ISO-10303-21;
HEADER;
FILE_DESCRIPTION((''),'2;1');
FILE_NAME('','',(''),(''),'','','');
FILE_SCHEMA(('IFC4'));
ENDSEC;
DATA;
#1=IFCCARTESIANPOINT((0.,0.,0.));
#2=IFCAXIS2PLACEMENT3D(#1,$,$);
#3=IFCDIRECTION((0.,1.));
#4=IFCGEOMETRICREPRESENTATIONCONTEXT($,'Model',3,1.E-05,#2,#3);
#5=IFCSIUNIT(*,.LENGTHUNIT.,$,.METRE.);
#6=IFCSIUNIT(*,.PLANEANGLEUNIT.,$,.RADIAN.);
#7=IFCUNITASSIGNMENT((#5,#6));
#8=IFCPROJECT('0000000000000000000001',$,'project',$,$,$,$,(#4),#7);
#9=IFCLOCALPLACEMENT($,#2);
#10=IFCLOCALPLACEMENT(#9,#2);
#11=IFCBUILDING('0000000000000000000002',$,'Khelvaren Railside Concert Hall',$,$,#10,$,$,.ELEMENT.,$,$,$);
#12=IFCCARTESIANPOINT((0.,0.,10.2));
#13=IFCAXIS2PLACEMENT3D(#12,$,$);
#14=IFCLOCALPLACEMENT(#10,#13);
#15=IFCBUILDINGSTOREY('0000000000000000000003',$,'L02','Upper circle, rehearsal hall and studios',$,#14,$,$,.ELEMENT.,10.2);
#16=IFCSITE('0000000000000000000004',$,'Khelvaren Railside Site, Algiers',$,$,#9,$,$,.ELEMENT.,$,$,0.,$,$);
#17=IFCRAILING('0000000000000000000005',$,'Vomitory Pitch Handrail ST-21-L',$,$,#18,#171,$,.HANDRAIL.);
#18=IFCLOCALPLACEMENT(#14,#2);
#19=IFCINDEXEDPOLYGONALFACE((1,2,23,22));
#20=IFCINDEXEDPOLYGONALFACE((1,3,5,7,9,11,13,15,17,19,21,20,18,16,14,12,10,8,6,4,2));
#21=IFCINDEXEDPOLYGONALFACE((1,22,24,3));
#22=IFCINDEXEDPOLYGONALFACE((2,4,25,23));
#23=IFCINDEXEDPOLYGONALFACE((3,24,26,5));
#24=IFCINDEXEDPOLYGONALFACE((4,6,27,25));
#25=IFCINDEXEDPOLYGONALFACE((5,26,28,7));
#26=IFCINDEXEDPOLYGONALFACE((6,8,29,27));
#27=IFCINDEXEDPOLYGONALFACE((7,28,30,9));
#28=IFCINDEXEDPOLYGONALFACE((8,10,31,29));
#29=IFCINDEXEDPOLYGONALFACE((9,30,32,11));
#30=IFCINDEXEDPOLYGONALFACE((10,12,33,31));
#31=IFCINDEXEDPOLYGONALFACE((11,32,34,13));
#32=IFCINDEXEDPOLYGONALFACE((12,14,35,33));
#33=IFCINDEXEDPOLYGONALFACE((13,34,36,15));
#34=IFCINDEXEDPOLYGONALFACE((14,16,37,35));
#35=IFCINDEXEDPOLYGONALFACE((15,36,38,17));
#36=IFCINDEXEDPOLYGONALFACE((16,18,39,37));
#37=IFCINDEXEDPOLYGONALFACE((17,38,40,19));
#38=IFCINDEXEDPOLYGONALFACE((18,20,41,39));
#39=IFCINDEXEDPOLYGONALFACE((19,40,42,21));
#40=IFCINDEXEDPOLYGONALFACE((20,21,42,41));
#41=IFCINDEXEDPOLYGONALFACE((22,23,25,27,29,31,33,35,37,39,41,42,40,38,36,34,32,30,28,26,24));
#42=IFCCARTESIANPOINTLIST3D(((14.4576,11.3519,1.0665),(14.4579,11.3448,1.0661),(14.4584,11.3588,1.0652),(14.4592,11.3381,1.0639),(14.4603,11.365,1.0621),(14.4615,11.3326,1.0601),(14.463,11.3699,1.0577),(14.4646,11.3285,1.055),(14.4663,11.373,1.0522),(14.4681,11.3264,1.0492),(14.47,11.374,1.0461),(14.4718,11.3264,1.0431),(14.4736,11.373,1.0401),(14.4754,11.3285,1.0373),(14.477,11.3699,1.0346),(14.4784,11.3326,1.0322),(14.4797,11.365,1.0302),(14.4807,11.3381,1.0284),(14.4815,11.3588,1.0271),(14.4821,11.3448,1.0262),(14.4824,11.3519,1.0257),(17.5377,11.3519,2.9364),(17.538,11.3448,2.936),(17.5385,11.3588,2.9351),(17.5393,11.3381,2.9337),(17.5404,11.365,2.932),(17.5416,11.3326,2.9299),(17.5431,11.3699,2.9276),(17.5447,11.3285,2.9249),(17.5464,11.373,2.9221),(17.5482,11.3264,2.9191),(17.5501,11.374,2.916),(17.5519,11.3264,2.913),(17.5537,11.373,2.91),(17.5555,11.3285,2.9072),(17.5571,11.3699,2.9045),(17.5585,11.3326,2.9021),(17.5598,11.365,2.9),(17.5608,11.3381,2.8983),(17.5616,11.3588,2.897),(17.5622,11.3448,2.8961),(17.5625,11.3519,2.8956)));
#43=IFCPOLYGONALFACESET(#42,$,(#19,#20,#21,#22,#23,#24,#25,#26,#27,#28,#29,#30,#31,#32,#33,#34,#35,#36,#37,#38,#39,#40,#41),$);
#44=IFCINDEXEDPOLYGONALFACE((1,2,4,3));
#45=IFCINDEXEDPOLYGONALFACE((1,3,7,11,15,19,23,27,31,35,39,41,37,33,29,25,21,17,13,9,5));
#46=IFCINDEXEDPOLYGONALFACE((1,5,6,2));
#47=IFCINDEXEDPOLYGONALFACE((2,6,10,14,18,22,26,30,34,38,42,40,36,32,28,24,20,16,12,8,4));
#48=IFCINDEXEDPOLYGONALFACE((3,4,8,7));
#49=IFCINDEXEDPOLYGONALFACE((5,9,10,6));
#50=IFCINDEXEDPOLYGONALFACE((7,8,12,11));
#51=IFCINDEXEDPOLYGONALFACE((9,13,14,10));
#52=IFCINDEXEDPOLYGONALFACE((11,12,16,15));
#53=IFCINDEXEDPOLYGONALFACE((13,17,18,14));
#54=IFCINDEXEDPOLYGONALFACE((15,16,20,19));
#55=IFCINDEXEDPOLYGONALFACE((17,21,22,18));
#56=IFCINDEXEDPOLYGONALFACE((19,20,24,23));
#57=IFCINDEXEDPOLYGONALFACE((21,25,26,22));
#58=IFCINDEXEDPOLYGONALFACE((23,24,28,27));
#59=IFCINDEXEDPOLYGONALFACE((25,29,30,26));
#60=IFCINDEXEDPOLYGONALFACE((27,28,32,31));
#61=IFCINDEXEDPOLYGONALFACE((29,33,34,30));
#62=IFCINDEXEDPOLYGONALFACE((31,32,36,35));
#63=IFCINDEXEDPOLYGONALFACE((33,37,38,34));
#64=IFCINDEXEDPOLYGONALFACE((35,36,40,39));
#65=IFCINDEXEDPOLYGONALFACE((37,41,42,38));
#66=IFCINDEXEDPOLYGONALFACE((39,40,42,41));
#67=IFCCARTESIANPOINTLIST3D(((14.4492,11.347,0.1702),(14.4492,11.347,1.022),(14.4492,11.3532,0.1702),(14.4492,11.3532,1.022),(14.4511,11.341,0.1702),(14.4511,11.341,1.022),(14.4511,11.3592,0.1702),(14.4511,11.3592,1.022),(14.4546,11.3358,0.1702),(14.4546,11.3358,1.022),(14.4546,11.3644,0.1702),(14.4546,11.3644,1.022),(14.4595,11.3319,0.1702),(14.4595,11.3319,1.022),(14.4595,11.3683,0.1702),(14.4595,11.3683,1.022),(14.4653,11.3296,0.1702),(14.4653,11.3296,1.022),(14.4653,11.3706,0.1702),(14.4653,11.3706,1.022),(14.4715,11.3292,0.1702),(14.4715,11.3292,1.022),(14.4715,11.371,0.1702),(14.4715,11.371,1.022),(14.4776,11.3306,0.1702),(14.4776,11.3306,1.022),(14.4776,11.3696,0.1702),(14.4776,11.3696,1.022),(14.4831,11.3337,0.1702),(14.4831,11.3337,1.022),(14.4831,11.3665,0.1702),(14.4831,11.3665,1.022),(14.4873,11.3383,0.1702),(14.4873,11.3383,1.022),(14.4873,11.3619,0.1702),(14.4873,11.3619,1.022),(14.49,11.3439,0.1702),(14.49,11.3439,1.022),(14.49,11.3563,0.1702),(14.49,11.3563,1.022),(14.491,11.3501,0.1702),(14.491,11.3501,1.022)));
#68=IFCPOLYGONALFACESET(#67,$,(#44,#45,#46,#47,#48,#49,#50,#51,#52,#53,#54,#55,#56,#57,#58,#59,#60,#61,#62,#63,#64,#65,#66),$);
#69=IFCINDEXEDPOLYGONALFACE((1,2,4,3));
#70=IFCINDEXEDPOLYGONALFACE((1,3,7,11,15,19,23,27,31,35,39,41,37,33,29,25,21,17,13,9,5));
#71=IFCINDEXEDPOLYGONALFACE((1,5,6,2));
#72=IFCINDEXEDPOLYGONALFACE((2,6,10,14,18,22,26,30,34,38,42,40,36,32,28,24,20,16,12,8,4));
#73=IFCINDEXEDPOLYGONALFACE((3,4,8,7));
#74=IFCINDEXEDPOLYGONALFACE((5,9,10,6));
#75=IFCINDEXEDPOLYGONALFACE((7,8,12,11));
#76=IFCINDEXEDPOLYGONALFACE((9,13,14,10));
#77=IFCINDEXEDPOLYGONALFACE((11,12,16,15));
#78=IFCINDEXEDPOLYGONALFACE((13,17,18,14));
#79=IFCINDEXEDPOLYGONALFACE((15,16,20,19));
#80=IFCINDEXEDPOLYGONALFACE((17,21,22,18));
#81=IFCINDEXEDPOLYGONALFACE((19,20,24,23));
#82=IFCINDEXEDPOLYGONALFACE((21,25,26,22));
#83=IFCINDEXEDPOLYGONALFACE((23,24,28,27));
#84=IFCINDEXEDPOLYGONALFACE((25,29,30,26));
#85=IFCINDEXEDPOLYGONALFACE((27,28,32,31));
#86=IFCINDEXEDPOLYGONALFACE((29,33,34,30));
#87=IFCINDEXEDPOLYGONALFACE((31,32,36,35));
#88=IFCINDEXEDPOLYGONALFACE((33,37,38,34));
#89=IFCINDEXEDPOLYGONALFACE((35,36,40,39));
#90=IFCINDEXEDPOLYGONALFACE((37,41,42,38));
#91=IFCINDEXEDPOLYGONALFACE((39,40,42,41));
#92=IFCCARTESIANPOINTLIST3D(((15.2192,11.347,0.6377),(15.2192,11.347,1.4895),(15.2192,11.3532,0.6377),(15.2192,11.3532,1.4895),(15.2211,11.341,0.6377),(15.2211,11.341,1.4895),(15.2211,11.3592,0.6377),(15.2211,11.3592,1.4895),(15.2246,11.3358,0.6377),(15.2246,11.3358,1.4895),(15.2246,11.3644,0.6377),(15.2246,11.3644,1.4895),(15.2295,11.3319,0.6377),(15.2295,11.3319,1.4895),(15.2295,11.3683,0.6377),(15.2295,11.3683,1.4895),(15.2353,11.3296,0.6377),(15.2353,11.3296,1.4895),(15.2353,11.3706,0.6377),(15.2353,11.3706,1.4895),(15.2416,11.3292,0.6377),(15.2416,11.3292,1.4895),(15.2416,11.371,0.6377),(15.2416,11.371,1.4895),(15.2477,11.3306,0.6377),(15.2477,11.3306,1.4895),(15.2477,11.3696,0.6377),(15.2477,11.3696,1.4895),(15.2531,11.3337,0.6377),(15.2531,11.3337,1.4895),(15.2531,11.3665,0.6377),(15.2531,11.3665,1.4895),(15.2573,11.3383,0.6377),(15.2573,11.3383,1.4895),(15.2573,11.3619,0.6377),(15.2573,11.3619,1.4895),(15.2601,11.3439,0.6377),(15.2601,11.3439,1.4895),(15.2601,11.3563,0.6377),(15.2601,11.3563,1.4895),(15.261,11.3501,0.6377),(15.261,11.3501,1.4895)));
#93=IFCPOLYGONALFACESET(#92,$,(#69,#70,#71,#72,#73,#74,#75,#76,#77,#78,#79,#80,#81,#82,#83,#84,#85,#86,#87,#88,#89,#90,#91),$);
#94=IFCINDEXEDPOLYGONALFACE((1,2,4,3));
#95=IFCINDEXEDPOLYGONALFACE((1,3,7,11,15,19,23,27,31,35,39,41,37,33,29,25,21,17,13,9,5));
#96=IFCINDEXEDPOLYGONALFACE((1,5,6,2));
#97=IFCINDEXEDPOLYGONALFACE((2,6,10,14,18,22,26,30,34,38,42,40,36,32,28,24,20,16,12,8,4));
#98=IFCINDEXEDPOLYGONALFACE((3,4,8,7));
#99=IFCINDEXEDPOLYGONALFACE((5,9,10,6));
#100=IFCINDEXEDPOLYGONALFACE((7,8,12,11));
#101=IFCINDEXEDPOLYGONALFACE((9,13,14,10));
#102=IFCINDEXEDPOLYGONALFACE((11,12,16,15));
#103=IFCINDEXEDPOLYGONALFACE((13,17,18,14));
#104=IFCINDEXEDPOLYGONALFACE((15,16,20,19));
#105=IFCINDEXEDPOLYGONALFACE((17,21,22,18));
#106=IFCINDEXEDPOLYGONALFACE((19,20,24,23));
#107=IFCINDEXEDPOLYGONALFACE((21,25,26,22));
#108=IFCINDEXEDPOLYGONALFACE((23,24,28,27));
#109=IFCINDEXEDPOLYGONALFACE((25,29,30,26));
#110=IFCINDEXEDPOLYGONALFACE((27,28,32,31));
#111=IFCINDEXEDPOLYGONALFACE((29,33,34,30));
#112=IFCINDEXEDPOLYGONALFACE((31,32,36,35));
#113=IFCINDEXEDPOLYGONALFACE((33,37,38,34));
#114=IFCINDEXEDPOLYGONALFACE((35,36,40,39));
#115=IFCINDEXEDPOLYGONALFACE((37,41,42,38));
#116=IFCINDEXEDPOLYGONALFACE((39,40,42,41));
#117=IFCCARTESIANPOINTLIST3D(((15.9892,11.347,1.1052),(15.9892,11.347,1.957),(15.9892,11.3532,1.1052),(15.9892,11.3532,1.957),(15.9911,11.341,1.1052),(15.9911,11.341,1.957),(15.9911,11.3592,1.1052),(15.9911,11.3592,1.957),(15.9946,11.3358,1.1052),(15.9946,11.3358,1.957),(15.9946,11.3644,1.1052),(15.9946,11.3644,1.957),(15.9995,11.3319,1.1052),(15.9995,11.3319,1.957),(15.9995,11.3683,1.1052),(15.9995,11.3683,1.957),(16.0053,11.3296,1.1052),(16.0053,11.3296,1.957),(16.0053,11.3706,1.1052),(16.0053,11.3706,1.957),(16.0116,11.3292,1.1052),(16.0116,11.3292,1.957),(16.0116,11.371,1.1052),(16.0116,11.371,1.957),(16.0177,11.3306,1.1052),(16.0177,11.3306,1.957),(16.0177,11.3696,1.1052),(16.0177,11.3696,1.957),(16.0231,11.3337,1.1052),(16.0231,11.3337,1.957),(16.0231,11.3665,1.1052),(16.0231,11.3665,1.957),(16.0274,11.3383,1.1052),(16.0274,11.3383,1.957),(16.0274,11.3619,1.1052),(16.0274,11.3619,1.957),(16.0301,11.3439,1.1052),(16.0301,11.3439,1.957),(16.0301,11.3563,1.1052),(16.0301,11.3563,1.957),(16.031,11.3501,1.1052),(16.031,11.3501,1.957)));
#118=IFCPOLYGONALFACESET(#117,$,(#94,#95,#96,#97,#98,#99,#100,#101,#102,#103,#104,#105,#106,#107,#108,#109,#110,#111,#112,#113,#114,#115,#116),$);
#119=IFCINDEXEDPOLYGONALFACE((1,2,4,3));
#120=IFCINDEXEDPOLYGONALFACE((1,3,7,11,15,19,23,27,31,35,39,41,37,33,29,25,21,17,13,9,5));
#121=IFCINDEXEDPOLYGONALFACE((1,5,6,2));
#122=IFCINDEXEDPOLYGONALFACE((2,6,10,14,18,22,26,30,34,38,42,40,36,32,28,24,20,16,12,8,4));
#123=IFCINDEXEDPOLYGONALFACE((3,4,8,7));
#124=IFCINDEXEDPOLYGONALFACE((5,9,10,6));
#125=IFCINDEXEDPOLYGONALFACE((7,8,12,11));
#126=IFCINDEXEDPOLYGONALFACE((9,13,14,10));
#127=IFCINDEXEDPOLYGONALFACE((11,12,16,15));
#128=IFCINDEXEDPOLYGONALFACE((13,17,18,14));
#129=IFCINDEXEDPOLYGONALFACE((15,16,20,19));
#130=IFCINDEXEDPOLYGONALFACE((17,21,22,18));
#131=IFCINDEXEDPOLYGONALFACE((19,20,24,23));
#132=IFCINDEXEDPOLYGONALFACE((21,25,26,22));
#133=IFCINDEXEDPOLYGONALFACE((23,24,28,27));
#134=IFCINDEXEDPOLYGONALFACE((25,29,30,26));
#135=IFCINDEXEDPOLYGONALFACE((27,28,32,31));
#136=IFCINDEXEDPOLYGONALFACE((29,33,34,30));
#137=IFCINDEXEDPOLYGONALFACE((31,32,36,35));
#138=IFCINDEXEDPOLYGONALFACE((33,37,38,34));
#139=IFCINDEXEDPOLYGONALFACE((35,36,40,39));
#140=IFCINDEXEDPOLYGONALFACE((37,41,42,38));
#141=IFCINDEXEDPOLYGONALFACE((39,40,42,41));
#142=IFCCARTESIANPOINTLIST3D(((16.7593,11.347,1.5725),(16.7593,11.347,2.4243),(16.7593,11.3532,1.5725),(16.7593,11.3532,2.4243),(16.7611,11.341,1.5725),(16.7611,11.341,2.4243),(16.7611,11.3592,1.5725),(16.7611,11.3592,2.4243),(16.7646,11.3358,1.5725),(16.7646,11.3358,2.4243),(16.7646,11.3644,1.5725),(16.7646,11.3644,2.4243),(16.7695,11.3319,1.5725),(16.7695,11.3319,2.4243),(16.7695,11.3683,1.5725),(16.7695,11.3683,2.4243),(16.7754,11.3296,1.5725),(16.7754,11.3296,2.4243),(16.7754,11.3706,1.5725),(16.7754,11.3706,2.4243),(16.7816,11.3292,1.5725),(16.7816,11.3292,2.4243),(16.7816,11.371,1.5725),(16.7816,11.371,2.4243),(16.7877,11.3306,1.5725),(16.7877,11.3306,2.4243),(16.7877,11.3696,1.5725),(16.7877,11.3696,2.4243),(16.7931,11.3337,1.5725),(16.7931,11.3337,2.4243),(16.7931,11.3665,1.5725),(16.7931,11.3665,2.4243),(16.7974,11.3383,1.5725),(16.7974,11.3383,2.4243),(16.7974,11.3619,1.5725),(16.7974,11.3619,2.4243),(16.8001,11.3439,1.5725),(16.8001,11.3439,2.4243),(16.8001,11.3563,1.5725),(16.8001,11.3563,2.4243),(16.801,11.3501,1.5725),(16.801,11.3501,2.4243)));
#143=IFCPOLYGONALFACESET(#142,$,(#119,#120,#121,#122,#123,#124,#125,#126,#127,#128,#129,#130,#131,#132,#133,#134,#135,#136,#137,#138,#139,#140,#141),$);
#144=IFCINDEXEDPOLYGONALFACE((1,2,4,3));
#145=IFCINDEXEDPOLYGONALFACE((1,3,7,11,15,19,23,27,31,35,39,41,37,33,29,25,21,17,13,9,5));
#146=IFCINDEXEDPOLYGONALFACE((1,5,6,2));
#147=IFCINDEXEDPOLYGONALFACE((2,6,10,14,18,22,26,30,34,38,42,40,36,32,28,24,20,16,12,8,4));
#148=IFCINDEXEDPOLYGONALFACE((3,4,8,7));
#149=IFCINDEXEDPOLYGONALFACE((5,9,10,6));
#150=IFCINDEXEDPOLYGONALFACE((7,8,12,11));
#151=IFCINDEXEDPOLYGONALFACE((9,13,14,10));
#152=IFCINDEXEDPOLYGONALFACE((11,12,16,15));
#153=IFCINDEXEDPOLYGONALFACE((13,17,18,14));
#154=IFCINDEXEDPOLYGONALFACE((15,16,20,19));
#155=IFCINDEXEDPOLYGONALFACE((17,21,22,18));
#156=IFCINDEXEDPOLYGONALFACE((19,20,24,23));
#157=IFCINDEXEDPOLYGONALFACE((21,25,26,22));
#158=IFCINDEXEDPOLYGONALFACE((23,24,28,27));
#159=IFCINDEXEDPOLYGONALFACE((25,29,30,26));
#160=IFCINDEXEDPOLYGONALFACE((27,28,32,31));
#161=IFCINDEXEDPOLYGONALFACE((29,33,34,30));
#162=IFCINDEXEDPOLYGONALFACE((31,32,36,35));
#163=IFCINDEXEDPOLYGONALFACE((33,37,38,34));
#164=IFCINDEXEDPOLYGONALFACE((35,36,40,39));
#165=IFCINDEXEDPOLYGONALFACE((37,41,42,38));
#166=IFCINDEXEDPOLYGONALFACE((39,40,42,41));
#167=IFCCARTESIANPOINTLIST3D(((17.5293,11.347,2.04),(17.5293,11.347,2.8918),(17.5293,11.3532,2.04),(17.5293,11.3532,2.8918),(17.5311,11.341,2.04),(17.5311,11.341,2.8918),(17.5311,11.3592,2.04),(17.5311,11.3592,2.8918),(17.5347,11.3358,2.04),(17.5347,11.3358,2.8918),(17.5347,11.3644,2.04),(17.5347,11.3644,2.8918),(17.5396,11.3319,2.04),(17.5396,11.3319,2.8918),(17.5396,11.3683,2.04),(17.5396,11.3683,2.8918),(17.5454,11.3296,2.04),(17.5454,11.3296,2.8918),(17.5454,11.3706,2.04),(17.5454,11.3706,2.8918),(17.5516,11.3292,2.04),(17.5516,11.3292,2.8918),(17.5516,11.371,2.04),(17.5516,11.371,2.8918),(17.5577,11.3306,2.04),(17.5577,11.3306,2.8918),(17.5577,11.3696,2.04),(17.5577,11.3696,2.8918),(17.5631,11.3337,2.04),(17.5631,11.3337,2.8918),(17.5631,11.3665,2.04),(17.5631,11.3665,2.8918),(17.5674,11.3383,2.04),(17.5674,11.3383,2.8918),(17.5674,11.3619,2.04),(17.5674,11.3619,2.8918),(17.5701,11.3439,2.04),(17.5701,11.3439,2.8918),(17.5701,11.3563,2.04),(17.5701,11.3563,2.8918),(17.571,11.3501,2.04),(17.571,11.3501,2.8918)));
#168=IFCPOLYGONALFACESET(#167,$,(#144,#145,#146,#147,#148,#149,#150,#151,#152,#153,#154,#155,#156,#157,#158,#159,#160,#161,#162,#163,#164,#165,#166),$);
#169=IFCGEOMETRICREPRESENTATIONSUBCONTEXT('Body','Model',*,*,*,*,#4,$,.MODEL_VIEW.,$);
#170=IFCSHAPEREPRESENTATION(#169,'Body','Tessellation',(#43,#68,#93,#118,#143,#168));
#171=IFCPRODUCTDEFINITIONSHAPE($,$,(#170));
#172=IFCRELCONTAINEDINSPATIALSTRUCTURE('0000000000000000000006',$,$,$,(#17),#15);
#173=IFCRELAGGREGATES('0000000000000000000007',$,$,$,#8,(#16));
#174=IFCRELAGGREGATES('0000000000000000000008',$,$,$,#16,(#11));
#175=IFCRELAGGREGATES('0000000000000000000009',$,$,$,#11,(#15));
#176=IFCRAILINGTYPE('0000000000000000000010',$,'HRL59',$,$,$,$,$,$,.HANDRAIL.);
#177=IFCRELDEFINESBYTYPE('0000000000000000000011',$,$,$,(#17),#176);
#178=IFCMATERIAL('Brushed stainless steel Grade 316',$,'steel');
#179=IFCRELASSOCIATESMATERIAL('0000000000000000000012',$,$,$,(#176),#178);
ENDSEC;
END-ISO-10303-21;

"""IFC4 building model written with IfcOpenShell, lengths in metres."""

from ifc_helpers import new_model, si_unit, direction, frame, origin, origin_2d, place, context, subcontext, project, spatial, circle, extrude, material, type_object, element, save


model = new_model("IFC4")

# Units and contexts
model_context = context("Model", 3, precision=1e-05, world=origin(), true_north=direction((0.0, 1.0)))
body_context = subcontext(model_context, "Body", "Model", "MODEL_VIEW")
ifc_project = project(units=[si_unit("LENGTHUNIT", "METRE"), si_unit("PLANEANGLEUNIT", "RADIAN")], contexts=[model_context])

# Site, building, storey
site_placement = place(None, origin())
site = spatial("IfcSite", under=ifc_project, at=site_placement, Name="Khelvaren Railside Site, Algiers", CompositionType="ELEMENT", RefElevation=0.0)
building_placement = place(site_placement, origin())
building = spatial("IfcBuilding", under=site, at=building_placement, Name="Khelvaren Railside Concert Hall", CompositionType="ELEMENT")
storey_placement = place(building_placement, frame((0.0, 0.0, 10.2)))
storey = spatial("IfcBuildingStorey", under=building, at=storey_placement, Name="L02", Description="Upper circle, rehearsal hall and studios", CompositionType="ELEMENT", Elevation=10.2)

# Railing
ifc_material_1 = material(Name="Brushed stainless steel Grade 316", Category="steel")
railing_type_1 = type_object("IfcRailingType", Name="HRL59", PredefinedType="HANDRAIL", material=ifc_material_1)
for number, where, name in (
    (1, (14.47, 11.3501, 0.1702), "Vomitory Pitch Handrail ST-21-L"),
):
    element("IfcRailing", number, at=place(storey_placement, frame(where)), inside=storey, type_object=railing_type_1, Name=name, PredefinedType="HANDRAIL", context=body_context, shape_type="SweptSolid", body=[
        extrude(circle(Radius=0.0239, at=origin_2d()), frame((0.0, 0.0, 0.876), z_axis=(0.854809, 0.0, 0.518943), x_axis=(0.0, 1.0, 0.0)), (0.0, 0.0, 1.0), 3.6033),
        extrude(circle(Radius=0.021, at=origin_2d()), origin(), (0.0, 0.0, 1.0), 0.8518),
        extrude(circle(Radius=0.021, at=origin_2d()), frame((0.77, 0.0, 0.4675)), (0.0, 0.0, 1.0), 0.8518),
        extrude(circle(Radius=0.021, at=origin_2d()), frame((1.54, 0.0, 0.9351)), (0.0, 0.0, 1.0), 0.8518),
        extrude(circle(Radius=0.021, at=origin_2d()), frame((2.3101, 0.0, 1.4023)), (0.0, 0.0, 1.0), 0.8518),
        extrude(circle(Radius=0.021, at=origin_2d()), frame((3.0801, 0.0, 1.8699)), (0.0, 0.0, 1.0), 0.8518),
    ])

save(model, "model.ifc")
